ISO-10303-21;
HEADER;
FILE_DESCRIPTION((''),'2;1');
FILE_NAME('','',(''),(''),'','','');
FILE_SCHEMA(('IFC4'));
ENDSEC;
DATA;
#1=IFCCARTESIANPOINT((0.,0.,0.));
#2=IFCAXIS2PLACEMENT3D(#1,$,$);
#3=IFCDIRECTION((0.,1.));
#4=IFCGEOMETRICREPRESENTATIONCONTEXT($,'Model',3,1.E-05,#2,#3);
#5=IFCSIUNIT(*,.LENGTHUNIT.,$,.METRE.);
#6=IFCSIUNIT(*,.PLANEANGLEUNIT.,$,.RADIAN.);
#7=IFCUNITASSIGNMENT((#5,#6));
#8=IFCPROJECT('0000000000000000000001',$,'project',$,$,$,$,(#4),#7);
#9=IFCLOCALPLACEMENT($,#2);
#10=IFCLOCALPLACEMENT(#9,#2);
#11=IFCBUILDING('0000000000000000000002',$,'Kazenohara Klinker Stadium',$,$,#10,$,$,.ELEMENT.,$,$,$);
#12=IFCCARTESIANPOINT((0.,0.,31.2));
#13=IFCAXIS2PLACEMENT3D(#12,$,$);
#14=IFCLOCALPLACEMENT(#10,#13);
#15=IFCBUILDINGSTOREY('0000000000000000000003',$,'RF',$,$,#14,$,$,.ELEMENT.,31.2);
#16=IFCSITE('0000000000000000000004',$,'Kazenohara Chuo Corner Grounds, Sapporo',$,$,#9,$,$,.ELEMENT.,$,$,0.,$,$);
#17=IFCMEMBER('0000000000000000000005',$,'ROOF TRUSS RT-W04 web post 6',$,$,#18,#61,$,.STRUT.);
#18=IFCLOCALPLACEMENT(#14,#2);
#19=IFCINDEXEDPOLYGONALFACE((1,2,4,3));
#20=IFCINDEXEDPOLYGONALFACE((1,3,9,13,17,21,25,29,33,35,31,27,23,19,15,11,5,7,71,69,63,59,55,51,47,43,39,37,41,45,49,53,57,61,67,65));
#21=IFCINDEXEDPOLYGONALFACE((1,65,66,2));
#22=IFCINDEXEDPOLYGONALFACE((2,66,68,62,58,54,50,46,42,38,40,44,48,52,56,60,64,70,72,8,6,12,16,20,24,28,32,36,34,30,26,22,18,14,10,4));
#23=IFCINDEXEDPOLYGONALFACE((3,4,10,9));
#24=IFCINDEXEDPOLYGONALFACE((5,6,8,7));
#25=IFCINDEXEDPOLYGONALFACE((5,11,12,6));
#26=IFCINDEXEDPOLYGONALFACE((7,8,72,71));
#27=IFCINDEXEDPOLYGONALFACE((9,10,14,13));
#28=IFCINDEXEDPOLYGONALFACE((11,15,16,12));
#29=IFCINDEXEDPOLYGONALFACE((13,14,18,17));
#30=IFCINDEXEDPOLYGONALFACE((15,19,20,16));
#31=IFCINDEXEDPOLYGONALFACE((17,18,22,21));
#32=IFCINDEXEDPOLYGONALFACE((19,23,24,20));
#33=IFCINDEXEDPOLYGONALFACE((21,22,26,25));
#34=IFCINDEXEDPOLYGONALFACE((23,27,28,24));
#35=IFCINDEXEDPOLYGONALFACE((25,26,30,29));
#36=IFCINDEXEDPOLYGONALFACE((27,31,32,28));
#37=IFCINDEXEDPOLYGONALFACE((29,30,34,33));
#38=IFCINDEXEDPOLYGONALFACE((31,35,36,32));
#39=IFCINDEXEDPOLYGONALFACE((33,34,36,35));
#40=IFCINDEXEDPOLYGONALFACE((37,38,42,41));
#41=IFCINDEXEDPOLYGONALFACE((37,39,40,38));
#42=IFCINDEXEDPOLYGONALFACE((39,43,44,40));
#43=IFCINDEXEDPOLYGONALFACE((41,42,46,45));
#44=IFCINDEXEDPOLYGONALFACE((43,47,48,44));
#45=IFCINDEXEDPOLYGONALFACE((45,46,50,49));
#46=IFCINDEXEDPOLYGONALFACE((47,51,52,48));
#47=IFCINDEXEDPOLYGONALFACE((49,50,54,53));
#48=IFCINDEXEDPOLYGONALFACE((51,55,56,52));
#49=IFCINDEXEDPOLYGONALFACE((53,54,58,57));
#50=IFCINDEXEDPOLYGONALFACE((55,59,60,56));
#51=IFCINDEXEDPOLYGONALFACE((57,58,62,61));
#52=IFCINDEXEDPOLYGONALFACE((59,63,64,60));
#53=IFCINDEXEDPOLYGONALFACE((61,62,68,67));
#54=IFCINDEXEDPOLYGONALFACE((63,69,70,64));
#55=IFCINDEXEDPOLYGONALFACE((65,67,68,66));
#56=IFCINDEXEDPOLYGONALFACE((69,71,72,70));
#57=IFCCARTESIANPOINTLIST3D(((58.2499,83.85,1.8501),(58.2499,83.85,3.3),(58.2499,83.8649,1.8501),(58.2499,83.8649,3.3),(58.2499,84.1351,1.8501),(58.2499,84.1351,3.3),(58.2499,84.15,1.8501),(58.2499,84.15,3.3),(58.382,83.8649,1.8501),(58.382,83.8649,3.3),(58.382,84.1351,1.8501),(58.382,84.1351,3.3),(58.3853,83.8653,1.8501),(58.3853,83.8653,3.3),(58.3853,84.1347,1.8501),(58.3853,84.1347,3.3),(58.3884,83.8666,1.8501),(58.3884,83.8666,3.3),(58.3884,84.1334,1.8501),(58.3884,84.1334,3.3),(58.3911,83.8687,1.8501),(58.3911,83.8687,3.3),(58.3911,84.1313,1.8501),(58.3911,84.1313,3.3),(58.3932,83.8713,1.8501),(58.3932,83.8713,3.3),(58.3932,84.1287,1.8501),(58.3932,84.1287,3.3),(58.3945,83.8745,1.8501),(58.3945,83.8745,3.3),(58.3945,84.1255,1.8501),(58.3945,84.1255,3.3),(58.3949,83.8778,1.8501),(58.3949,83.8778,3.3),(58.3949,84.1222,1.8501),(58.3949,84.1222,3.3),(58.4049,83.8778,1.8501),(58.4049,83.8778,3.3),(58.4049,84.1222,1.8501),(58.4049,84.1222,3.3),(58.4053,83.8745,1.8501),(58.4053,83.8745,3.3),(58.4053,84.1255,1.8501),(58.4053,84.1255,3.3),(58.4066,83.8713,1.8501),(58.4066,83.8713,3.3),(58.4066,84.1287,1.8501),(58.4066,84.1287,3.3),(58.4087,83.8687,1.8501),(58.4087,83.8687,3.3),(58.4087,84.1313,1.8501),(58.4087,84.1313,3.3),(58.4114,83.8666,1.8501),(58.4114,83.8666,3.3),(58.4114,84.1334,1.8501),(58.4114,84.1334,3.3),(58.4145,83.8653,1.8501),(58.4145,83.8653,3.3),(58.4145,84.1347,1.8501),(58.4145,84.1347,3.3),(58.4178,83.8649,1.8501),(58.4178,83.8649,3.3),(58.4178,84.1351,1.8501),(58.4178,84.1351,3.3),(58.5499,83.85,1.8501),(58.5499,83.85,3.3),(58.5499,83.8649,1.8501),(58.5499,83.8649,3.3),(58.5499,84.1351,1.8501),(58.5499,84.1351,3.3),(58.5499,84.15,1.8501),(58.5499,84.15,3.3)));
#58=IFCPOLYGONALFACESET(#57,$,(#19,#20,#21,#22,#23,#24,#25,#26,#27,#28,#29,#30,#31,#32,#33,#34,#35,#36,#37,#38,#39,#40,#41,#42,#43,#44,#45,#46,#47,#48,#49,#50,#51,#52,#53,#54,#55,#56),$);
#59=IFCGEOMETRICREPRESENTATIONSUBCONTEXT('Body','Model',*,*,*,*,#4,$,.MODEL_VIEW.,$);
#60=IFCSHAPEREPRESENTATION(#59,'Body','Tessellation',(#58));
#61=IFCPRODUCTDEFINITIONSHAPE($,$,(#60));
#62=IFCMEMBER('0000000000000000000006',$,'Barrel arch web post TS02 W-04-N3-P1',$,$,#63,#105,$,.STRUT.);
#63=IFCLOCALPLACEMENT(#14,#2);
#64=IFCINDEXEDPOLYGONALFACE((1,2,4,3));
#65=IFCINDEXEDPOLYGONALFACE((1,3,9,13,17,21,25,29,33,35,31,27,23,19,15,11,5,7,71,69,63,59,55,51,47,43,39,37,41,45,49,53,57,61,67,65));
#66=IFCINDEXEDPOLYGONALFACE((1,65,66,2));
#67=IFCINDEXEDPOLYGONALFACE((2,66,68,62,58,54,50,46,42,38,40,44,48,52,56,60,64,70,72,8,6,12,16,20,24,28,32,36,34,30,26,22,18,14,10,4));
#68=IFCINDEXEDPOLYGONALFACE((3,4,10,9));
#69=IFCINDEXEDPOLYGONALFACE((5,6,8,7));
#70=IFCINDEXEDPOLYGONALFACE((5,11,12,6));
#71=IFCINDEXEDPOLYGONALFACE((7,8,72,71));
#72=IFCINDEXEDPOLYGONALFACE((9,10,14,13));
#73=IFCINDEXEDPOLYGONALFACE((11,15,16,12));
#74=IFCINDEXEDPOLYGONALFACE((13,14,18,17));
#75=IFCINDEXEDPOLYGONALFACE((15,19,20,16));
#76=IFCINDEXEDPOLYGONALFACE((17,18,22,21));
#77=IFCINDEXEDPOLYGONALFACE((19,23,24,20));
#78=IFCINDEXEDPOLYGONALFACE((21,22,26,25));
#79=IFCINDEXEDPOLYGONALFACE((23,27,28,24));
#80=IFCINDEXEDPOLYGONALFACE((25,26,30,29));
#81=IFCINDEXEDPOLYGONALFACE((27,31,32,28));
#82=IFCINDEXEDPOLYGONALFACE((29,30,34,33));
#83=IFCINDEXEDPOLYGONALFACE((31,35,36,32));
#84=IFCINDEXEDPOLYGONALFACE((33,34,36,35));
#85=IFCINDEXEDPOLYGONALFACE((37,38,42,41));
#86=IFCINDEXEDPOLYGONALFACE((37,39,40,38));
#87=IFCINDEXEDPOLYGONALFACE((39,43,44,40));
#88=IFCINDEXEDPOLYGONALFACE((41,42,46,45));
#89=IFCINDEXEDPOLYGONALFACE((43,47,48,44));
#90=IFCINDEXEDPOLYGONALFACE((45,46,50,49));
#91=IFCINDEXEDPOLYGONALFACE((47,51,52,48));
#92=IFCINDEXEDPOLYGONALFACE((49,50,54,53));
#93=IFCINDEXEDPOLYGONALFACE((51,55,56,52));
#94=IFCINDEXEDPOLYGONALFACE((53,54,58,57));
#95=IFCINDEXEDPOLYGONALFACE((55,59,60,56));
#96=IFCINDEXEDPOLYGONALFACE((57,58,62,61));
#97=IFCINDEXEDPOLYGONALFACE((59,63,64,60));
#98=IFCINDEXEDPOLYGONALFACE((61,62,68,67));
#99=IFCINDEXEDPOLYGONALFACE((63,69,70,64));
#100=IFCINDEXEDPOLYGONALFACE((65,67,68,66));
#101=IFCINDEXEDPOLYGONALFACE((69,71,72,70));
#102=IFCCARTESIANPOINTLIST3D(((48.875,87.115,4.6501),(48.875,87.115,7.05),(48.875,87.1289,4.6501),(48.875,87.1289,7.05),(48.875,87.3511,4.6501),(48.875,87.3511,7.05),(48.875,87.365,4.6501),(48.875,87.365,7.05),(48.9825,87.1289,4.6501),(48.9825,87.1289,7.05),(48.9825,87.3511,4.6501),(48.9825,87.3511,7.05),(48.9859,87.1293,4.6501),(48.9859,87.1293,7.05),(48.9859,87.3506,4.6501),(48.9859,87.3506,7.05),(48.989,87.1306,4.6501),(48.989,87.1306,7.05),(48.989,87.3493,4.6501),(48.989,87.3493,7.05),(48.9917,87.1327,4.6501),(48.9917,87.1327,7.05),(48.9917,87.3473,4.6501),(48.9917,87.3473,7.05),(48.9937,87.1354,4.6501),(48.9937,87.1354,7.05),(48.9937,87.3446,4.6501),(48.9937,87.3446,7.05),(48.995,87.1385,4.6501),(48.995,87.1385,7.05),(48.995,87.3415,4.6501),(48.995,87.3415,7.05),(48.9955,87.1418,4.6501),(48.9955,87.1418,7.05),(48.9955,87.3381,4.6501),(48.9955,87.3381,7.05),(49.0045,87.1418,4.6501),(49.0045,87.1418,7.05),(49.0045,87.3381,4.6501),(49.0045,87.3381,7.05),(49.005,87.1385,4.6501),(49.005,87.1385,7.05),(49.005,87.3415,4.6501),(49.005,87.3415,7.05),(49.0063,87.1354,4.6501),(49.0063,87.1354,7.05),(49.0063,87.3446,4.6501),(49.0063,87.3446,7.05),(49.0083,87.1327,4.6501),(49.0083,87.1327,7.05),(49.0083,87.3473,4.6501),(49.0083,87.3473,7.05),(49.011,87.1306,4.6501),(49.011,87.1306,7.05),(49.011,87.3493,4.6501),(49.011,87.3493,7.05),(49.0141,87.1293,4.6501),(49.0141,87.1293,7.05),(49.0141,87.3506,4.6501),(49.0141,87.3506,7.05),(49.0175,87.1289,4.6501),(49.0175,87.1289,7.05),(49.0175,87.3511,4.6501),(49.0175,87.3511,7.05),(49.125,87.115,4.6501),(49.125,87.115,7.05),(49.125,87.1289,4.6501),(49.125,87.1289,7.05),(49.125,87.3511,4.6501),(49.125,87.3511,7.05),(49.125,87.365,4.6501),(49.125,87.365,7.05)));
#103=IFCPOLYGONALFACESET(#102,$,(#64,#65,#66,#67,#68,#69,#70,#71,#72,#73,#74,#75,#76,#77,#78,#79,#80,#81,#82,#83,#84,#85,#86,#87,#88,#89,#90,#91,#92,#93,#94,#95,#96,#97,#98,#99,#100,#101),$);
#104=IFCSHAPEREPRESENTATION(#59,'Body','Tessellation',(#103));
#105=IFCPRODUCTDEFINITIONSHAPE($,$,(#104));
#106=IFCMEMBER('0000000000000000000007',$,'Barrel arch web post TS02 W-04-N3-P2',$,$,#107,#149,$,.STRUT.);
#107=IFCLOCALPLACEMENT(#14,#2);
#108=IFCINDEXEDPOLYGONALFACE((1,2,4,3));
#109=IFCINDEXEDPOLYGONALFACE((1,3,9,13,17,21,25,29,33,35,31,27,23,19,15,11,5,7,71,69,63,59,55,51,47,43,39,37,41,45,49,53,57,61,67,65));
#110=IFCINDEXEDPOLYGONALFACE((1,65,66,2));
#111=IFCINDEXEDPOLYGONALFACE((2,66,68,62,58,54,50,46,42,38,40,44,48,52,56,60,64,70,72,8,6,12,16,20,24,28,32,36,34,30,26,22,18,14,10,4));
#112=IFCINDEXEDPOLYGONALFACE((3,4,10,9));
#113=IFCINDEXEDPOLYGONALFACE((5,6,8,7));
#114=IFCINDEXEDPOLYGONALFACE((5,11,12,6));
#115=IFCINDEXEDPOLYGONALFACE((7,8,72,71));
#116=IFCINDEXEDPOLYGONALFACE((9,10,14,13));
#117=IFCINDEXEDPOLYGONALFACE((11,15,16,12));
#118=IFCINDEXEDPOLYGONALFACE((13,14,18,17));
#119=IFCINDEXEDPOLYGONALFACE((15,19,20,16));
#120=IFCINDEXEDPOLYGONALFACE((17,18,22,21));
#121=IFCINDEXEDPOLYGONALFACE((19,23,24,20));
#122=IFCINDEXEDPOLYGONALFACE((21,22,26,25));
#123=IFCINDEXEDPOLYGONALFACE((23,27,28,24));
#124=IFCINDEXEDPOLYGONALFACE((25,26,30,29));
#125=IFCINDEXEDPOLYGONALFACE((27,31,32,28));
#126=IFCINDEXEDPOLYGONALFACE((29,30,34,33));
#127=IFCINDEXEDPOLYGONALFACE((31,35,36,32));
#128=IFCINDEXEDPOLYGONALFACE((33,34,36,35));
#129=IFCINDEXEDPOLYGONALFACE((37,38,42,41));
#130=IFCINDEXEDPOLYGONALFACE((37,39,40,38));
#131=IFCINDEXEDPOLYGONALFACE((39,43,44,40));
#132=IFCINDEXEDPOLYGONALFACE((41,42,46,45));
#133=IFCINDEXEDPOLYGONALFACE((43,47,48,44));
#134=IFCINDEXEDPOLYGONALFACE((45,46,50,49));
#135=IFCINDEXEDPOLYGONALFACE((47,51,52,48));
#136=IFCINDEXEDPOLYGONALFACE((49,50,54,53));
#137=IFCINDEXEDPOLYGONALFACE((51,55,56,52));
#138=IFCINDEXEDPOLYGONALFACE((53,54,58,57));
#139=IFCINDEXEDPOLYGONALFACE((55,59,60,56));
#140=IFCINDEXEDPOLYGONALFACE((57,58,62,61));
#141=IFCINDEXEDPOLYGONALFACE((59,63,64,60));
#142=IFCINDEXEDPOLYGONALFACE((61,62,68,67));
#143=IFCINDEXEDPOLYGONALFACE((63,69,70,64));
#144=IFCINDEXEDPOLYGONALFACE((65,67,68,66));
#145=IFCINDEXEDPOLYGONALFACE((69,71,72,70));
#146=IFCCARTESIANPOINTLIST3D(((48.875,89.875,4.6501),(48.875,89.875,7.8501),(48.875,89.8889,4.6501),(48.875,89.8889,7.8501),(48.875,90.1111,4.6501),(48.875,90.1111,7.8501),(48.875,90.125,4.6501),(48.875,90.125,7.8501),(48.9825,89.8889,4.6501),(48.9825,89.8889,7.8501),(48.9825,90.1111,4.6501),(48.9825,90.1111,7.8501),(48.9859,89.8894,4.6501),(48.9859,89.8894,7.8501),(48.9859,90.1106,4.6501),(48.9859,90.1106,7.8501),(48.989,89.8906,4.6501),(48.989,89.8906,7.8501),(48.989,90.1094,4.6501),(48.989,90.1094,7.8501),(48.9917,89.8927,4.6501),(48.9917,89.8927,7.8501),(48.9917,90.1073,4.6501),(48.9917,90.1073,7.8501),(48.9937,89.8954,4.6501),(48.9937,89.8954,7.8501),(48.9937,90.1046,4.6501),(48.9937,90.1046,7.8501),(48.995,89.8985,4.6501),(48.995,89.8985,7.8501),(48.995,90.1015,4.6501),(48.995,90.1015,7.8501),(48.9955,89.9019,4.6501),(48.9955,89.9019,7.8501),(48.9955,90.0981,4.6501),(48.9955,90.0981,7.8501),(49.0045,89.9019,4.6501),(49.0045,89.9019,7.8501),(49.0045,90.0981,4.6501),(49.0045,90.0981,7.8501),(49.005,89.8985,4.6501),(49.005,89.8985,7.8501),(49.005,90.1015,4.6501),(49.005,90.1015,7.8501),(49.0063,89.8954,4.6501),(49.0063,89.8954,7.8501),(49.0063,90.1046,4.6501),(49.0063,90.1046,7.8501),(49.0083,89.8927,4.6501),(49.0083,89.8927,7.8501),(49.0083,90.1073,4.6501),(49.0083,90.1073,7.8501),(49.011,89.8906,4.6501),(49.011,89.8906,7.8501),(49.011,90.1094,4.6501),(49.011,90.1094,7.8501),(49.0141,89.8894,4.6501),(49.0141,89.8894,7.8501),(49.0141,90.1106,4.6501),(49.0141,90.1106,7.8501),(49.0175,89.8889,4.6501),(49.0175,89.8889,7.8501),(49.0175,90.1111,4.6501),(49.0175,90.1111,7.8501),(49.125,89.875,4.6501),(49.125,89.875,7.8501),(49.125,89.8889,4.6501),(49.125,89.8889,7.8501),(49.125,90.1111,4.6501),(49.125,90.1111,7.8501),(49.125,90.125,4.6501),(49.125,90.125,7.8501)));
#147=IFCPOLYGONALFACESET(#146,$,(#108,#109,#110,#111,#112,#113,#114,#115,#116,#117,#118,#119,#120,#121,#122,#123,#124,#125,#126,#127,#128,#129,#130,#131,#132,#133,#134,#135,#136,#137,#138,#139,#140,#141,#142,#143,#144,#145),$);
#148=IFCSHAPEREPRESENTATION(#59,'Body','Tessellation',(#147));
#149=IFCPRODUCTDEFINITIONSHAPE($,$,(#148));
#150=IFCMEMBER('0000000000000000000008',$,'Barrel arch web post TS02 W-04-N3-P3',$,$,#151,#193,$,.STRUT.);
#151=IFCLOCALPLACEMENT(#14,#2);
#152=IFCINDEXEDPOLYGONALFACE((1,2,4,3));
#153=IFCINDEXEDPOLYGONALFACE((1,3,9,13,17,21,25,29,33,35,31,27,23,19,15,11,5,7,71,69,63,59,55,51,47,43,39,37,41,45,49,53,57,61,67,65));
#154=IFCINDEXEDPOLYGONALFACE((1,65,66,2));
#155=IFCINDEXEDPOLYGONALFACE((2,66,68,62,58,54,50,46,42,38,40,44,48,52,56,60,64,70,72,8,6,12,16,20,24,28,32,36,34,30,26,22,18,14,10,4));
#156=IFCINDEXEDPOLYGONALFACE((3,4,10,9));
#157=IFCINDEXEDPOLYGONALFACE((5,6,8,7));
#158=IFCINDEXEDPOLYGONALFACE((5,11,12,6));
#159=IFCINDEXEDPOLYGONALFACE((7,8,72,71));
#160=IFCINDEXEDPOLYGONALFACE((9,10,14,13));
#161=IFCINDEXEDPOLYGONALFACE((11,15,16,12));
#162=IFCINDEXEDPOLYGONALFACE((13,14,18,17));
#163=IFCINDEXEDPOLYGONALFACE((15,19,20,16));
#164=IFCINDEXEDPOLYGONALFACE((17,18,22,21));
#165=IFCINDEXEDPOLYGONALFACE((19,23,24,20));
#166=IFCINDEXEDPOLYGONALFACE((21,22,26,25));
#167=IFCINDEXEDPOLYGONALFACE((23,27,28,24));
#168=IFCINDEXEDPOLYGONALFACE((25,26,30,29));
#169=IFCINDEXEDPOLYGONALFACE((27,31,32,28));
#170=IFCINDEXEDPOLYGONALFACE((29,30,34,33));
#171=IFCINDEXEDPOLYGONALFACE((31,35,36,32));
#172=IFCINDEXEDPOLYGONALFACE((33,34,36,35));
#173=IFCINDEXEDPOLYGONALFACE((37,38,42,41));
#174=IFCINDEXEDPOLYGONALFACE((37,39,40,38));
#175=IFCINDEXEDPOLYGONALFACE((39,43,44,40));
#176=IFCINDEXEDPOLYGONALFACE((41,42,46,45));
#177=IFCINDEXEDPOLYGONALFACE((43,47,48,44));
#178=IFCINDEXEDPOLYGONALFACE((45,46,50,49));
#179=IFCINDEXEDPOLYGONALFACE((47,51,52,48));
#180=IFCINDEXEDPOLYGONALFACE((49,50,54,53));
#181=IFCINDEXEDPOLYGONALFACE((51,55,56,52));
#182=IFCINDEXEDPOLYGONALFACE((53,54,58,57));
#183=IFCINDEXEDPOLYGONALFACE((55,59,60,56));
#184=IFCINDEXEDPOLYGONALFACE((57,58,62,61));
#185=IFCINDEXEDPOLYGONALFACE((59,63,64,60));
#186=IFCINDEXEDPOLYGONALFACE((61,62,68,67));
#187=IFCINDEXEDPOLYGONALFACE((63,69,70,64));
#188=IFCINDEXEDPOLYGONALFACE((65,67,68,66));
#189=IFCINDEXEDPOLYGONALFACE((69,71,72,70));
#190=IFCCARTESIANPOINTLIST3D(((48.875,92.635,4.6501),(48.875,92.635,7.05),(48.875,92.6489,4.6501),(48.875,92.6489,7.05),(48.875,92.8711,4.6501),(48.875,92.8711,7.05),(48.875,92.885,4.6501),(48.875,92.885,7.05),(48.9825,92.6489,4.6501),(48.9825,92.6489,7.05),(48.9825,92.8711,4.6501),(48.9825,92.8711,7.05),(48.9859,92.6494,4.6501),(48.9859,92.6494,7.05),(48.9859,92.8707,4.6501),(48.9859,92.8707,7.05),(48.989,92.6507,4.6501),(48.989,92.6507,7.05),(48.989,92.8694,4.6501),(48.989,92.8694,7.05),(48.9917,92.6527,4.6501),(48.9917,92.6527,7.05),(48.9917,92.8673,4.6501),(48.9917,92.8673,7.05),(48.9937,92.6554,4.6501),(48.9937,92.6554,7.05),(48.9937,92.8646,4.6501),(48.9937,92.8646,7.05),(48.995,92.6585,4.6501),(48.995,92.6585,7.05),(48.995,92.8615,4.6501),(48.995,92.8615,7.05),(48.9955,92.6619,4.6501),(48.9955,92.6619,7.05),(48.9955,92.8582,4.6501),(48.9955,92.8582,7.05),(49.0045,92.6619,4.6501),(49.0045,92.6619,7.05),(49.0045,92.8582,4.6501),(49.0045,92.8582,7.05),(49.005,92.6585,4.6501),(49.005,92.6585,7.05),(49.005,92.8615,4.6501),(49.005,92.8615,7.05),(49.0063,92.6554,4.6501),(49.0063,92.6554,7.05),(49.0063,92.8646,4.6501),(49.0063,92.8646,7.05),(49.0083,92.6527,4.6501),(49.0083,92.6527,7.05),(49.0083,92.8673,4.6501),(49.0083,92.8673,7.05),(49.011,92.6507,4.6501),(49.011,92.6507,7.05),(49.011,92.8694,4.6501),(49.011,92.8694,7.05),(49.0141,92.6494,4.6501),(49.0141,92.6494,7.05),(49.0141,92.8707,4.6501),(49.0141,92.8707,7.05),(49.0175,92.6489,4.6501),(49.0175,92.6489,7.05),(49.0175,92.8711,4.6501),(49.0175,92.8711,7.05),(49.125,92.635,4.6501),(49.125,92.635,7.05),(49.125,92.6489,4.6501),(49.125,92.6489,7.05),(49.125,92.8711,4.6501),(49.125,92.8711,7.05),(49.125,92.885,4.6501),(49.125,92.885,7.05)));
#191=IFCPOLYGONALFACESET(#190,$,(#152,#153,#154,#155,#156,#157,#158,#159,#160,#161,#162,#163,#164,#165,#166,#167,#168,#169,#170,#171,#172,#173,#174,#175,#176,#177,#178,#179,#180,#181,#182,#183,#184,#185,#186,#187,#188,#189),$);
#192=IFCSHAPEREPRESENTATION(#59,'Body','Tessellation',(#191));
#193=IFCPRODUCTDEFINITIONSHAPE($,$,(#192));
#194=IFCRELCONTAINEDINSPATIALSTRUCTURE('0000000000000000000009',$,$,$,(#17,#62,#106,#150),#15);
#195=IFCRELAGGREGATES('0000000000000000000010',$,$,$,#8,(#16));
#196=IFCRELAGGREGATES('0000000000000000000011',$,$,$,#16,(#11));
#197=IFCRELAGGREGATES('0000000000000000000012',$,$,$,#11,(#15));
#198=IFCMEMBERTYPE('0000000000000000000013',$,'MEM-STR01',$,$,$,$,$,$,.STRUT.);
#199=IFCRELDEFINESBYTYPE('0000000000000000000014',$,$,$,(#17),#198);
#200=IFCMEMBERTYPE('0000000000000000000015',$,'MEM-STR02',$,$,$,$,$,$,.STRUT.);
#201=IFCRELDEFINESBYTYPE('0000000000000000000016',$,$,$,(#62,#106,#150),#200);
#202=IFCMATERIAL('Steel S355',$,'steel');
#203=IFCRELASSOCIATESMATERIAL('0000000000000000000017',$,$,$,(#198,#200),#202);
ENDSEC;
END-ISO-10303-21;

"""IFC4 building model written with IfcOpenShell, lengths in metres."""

from ifc_helpers import new_model, si_unit, direction, frame, origin, origin_2d, place, context, subcontext, project, spatial, i_section, extrude, material, material_profile, profile_set, type_object, element, save


model = new_model("IFC4")

# Units and contexts
model_context = context("Model", 3, precision=1e-05, world=origin(), true_north=direction((0.0, 1.0)))
body_context = subcontext(model_context, "Body", "Model", "MODEL_VIEW")
ifc_project = project(units=[si_unit("LENGTHUNIT", "METRE"), si_unit("PLANEANGLEUNIT", "RADIAN")], contexts=[model_context])

# Site, building, storey
site_placement = place(None, origin())
site = spatial("IfcSite", under=ifc_project, at=site_placement, Name="Kazenohara Chuo Corner Grounds, Sapporo", CompositionType="ELEMENT", RefElevation=0.0)
building_placement = place(site_placement, origin())
building = spatial("IfcBuilding", under=site, at=building_placement, Name="Kazenohara Klinker Stadium", CompositionType="ELEMENT")
storey_placement = place(building_placement, frame((0.0, 0.0, 31.2)))
storey = spatial("IfcBuildingStorey", under=building, at=storey_placement, Name="RF", CompositionType="ELEMENT", Elevation=31.2)

# Members
ifc_material_1 = material(Name="Steel S355", Category="steel")
ifc_material_profile_1 = material_profile(ifc_material_1, i_section(OverallWidth=0.3, OverallDepth=0.3, WebThickness=0.01, FlangeThickness=0.0149, FilletRadius=0.0129, at=origin_2d()), Name="H-300x300x10x15")
ifc_profile_set_1 = profile_set([ifc_material_profile_1], Name="Steel S355")
member_type_1 = type_object("IfcMemberType", Name="MEM-STR01", PredefinedType="STRUT", material=ifc_profile_set_1)
member_1_placement = place(storey_placement, frame((58.3999, 84.0, 1.8501), z_axis=(0.0, 0.0, 1.0), x_axis=(1.0, 0.0, 0.0)))
element("IfcMember", 1, at=member_1_placement, inside=storey, type_object=member_type_1, Name="ROOF TRUSS RT-W04 web post 6", PredefinedType="STRUT", context=body_context, shape_type="SweptSolid", body=[
    extrude(i_section(OverallWidth=0.3, OverallDepth=0.3, WebThickness=0.01, FlangeThickness=0.0149, FilletRadius=0.0129, at=origin_2d()), origin(), (0.0, 0.0, 1.0), 1.45),
])
ifc_material_profile_2 = material_profile(ifc_material_1, i_section(OverallWidth=0.25, OverallDepth=0.25, WebThickness=0.009, FlangeThickness=0.0139, FilletRadius=0.0129, at=origin_2d()), Name="H-250x250x9x14")
ifc_profile_set_2 = profile_set([ifc_material_profile_2], Name="Steel S355")
member_type_2 = type_object("IfcMemberType", Name="MEM-STR02", PredefinedType="STRUT", material=ifc_profile_set_2)
member_2_placement = place(storey_placement, frame((49.0, 87.24, 4.6501), z_axis=(0.0, 0.0, 1.0), x_axis=(1.0, 0.0, 0.0)))
element("IfcMember", 2, at=member_2_placement, inside=storey, type_object=member_type_2, Name="Barrel arch web post TS02 W-04-N3-P1", PredefinedType="STRUT", context=body_context, shape_type="SweptSolid", body=[
    extrude(i_section(OverallWidth=0.25, OverallDepth=0.25, WebThickness=0.009, FlangeThickness=0.0139, FilletRadius=0.0129, at=origin_2d()), origin(), (0.0, 0.0, 1.0), 2.3999),
])
member_3_placement = place(storey_placement, frame((49.0, 90.0, 4.6501), z_axis=(0.0, 0.0, 1.0), x_axis=(1.0, 0.0, 0.0)))
element("IfcMember", 3, at=member_3_placement, inside=storey, type_object=member_type_2, Name="Barrel arch web post TS02 W-04-N3-P2", PredefinedType="STRUT", context=body_context, shape_type="SweptSolid", body=[
    extrude(i_section(OverallWidth=0.25, OverallDepth=0.25, WebThickness=0.009, FlangeThickness=0.0139, FilletRadius=0.0129, at=origin_2d()), origin(), (0.0, 0.0, 1.0), 3.2),
])
member_4_placement = place(storey_placement, frame((49.0, 92.76, 4.6501), z_axis=(0.0, 0.0, 1.0), x_axis=(1.0, 0.0, 0.0)))
element("IfcMember", 4, at=member_4_placement, inside=storey, type_object=member_type_2, Name="Barrel arch web post TS02 W-04-N3-P3", PredefinedType="STRUT", context=body_context, shape_type="SweptSolid", body=[
    extrude(i_section(OverallWidth=0.25, OverallDepth=0.25, WebThickness=0.009, FlangeThickness=0.0139, FilletRadius=0.0129, at=origin_2d()), origin(), (0.0, 0.0, 1.0), 2.3999),
])

save(model, "model.ifc")
